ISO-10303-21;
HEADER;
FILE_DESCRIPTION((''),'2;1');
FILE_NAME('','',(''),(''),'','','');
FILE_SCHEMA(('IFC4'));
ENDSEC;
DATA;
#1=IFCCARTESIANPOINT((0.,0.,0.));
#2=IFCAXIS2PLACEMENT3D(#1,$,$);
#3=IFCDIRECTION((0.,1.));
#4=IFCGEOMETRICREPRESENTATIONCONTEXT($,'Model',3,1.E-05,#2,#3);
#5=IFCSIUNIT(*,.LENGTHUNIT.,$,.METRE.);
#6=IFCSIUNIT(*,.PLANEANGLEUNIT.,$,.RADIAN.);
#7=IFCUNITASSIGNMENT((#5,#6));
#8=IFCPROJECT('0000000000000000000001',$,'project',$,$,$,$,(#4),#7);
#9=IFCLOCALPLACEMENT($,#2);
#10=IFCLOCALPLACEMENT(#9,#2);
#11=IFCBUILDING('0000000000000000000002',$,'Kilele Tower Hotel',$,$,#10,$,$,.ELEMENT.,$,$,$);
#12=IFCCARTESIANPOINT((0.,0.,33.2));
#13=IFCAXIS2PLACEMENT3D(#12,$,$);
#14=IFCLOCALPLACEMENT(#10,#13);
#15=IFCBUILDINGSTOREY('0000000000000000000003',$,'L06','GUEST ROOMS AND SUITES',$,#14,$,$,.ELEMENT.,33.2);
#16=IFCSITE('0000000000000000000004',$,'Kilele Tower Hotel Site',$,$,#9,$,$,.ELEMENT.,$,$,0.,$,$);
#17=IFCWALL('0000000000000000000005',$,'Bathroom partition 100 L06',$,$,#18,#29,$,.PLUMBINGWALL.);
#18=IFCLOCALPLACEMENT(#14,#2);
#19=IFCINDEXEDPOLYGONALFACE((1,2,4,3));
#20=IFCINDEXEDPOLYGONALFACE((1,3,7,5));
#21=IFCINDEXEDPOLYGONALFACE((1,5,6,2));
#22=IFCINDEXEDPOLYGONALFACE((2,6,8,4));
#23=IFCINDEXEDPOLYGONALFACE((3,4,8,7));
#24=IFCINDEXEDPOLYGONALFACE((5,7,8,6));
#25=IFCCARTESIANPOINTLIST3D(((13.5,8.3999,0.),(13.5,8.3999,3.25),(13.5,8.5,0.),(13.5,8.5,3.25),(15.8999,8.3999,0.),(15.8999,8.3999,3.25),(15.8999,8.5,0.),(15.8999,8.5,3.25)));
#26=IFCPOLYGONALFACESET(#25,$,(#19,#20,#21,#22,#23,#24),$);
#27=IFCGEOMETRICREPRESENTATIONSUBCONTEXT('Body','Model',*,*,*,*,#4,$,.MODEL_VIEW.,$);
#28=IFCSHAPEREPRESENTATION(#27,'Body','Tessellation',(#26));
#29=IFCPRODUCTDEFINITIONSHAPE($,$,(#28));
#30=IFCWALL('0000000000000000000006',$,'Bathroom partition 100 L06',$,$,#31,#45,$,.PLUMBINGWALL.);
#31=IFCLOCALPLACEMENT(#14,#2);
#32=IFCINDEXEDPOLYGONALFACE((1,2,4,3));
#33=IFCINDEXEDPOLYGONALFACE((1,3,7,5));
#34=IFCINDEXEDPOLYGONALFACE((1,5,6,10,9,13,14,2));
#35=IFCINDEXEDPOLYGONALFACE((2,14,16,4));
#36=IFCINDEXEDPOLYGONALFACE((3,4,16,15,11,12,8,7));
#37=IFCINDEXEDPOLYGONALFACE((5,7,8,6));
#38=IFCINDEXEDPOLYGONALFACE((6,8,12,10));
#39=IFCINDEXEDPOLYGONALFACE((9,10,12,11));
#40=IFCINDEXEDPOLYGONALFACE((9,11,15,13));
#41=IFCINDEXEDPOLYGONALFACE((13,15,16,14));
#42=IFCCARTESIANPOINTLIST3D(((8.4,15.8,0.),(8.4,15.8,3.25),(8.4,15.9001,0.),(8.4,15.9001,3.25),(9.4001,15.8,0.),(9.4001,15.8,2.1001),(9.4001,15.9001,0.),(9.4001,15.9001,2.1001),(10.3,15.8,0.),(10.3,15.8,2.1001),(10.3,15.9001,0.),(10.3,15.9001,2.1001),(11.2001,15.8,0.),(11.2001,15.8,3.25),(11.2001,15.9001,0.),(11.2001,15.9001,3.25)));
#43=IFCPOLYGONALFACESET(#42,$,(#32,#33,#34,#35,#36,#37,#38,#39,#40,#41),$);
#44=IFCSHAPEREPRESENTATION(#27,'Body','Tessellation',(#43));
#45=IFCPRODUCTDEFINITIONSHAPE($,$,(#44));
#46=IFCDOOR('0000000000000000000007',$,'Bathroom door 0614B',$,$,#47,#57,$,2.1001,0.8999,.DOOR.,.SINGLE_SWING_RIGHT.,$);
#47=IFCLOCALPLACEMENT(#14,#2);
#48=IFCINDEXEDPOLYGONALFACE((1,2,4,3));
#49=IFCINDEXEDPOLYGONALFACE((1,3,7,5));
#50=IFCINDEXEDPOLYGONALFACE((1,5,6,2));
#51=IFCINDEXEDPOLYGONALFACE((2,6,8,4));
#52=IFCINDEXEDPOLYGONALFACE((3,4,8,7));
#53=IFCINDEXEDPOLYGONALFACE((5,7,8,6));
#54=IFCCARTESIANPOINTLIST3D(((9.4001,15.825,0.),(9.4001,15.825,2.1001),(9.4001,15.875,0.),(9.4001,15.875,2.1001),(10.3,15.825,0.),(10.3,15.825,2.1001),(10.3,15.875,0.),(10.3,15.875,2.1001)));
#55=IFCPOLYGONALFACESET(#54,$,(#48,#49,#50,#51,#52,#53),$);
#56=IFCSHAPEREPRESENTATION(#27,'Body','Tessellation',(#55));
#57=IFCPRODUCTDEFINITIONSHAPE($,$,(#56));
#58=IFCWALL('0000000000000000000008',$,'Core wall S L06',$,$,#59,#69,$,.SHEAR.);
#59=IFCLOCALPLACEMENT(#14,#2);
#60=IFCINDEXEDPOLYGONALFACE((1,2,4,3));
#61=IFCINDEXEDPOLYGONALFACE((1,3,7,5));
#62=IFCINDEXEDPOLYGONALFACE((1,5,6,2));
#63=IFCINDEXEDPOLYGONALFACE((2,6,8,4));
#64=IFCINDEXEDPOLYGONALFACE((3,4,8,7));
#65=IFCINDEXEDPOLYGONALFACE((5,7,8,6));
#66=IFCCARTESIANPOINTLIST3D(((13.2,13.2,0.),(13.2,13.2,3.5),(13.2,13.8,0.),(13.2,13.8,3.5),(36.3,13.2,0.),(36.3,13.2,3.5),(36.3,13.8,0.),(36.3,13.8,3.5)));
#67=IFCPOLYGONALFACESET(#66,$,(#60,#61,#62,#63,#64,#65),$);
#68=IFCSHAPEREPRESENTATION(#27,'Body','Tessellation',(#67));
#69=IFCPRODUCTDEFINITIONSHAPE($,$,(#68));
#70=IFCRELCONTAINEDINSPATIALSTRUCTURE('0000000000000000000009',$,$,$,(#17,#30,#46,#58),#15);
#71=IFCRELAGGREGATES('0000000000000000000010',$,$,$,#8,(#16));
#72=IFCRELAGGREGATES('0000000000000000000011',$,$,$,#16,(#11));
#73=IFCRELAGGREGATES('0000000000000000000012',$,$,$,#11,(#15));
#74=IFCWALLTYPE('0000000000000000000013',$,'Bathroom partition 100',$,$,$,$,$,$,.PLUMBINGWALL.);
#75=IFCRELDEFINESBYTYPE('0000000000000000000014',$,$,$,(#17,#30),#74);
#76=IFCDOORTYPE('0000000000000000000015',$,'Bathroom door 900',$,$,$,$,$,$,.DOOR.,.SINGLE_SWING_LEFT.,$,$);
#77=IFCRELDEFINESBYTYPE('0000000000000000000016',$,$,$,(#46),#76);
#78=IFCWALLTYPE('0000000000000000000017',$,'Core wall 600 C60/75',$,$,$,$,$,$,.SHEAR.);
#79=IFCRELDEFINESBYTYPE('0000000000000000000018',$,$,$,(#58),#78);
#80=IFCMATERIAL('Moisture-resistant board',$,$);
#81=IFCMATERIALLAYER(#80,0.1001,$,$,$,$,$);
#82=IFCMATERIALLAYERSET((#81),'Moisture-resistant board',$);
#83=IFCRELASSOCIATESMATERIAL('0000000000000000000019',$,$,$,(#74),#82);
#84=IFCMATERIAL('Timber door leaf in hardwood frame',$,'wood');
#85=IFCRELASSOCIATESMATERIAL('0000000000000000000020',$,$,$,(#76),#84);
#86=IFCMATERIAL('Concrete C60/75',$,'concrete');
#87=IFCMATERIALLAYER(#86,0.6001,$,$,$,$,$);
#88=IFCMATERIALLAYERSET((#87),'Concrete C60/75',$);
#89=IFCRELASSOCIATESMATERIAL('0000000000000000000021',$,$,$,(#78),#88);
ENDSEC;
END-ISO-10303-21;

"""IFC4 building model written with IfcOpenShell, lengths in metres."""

from ifc_helpers import new_model, si_unit, direction, frame, frame_2d, origin, place, context, subcontext, project, spatial, rectangle, extrude, material, layer, layer_set, type_object, element, fill, save


model = new_model("IFC4")

# Units and contexts
model_context = context("Model", 3, precision=1e-05, world=origin(), true_north=direction((0.0, 1.0)))
body_context = subcontext(model_context, "Body", "Model", "MODEL_VIEW")
ifc_project = project(units=[si_unit("LENGTHUNIT", "METRE"), si_unit("PLANEANGLEUNIT", "RADIAN")], contexts=[model_context])

# Site, building, storey
site_placement = place(None, origin())
site = spatial("IfcSite", under=ifc_project, at=site_placement, Name="Kilele Tower Hotel Site", CompositionType="ELEMENT", RefElevation=0.0)
building_placement = place(site_placement, origin())
building = spatial("IfcBuilding", under=site, at=building_placement, Name="Kilele Tower Hotel", CompositionType="ELEMENT")
storey_placement = place(building_placement, frame((0.0, 0.0, 33.2)))
storey = spatial("IfcBuildingStorey", under=building, at=storey_placement, Name="L06", Description="GUEST ROOMS AND SUITES", CompositionType="ELEMENT", Elevation=33.2)

# Wall
ifc_material_1 = material(Name="Moisture-resistant board")
ifc_layer_1 = layer(ifc_material_1, 0.1001)
ifc_layer_set_1 = layer_set([ifc_layer_1], Name="Moisture-resistant board")
wall_type_1 = type_object("IfcWallType", Name="Bathroom partition 100", PredefinedType="PLUMBINGWALL", material=ifc_layer_set_1)
wall_1_placement = place(storey_placement, frame((13.5, 8.45, 0.0), z_axis=(0.0, 0.0, 1.0), x_axis=(1.0, 0.0, 0.0)))
element("IfcWall", 1, at=wall_1_placement, inside=storey, type_object=wall_type_1, Name="Bathroom partition 100 L06", PredefinedType="PLUMBINGWALL", context=body_context, shape_type="SweptSolid", body=[
    extrude(rectangle(XDim=2.3999, YDim=0.1001, at=frame_2d((1.2, 0.0))), origin(), (0.0, 0.0, 1.0), 3.25),
])

# Wall, opening, door
wall_2_placement = place(storey_placement, frame((11.2, 15.8501, 0.0), z_axis=(0.0, 0.0, 1.0), x_axis=(-1.0, 0.0, 0.0)))
wall_2 = element("IfcWall", 2, at=wall_2_placement, inside=storey, type_object=wall_type_1, Name="Bathroom partition 100 L06", PredefinedType="PLUMBINGWALL", context=body_context, shape_type="SweptSolid", body=[
    extrude(rectangle(XDim=2.8, YDim=0.1001, at=frame_2d((1.3999, 0.0))), origin(), (0.0, 0.0, 1.0), 3.25),
])
opening_1_placement = place(wall_2_placement, frame((1.7998, 0.0, 0.0), z_axis=(0.0, 0.0, 1.0), x_axis=(-1.0, 0.0, 0.0)))
opening_1 = element("IfcOpeningElement", 3, at=opening_1_placement, cuts=wall_2, PredefinedType="OPENING", context=body_context, shape_type="SweptSolid", body=[
    extrude(rectangle(XDim=0.8999, YDim=2.1001, at=frame_2d((0.45, 1.05))), frame((0.0, 0.0601, 0.0), z_axis=(0.0, -1.0, 0.0), x_axis=(1.0, 0.0, 0.0)), (0.0, 0.0, 1.0), 0.1201),
])
ifc_material_2 = material(Name="Timber door leaf in hardwood frame", Category="wood")
door_type_1 = type_object("IfcDoorType", Name="Bathroom door 900", OperationType="SINGLE_SWING_LEFT", PredefinedType="DOOR", material=ifc_material_2)
door_1_placement = place(opening_1_placement, origin())
door_1 = element("IfcDoor", 4, at=door_1_placement, inside=storey, type_object=door_type_1, Name="Bathroom door 0614B", OperationType="SINGLE_SWING_RIGHT", OverallHeight=2.1001, OverallWidth=0.8999, PredefinedType="DOOR", context=body_context, shape_type="SweptSolid", body=[
    extrude(rectangle(XDim=0.8999, YDim=2.1001, at=frame_2d((0.45, 1.05))), frame((0.0, 0.0249, 0.0), z_axis=(0.0, -1.0, 0.0), x_axis=(1.0, 0.0, 0.0)), (0.0, 0.0, 1.0), 0.05),
])
fill(opening_1, door_1)

# Wall
ifc_material_3 = material(Name="Concrete C60/75", Category="concrete")
ifc_layer_2 = layer(ifc_material_3, 0.6001)
ifc_layer_set_2 = layer_set([ifc_layer_2], Name="Concrete C60/75")
wall_type_2 = type_object("IfcWallType", Name="Core wall 600 C60/75", PredefinedType="SHEAR", material=ifc_layer_set_2)
wall_3_placement = place(storey_placement, frame((13.2, 13.5, 0.0), z_axis=(0.0, 0.0, 1.0), x_axis=(1.0, 0.0, 0.0)))
element("IfcWall", 5, at=wall_3_placement, inside=storey, type_object=wall_type_2, Name="Core wall S L06", PredefinedType="SHEAR", context=body_context, shape_type="SweptSolid", body=[
    extrude(rectangle(XDim=23.1001, YDim=0.6001, at=frame_2d((11.55, 0.0))), origin(), (0.0, 0.0, 1.0), 3.5),
])

save(model, "model.ifc")
